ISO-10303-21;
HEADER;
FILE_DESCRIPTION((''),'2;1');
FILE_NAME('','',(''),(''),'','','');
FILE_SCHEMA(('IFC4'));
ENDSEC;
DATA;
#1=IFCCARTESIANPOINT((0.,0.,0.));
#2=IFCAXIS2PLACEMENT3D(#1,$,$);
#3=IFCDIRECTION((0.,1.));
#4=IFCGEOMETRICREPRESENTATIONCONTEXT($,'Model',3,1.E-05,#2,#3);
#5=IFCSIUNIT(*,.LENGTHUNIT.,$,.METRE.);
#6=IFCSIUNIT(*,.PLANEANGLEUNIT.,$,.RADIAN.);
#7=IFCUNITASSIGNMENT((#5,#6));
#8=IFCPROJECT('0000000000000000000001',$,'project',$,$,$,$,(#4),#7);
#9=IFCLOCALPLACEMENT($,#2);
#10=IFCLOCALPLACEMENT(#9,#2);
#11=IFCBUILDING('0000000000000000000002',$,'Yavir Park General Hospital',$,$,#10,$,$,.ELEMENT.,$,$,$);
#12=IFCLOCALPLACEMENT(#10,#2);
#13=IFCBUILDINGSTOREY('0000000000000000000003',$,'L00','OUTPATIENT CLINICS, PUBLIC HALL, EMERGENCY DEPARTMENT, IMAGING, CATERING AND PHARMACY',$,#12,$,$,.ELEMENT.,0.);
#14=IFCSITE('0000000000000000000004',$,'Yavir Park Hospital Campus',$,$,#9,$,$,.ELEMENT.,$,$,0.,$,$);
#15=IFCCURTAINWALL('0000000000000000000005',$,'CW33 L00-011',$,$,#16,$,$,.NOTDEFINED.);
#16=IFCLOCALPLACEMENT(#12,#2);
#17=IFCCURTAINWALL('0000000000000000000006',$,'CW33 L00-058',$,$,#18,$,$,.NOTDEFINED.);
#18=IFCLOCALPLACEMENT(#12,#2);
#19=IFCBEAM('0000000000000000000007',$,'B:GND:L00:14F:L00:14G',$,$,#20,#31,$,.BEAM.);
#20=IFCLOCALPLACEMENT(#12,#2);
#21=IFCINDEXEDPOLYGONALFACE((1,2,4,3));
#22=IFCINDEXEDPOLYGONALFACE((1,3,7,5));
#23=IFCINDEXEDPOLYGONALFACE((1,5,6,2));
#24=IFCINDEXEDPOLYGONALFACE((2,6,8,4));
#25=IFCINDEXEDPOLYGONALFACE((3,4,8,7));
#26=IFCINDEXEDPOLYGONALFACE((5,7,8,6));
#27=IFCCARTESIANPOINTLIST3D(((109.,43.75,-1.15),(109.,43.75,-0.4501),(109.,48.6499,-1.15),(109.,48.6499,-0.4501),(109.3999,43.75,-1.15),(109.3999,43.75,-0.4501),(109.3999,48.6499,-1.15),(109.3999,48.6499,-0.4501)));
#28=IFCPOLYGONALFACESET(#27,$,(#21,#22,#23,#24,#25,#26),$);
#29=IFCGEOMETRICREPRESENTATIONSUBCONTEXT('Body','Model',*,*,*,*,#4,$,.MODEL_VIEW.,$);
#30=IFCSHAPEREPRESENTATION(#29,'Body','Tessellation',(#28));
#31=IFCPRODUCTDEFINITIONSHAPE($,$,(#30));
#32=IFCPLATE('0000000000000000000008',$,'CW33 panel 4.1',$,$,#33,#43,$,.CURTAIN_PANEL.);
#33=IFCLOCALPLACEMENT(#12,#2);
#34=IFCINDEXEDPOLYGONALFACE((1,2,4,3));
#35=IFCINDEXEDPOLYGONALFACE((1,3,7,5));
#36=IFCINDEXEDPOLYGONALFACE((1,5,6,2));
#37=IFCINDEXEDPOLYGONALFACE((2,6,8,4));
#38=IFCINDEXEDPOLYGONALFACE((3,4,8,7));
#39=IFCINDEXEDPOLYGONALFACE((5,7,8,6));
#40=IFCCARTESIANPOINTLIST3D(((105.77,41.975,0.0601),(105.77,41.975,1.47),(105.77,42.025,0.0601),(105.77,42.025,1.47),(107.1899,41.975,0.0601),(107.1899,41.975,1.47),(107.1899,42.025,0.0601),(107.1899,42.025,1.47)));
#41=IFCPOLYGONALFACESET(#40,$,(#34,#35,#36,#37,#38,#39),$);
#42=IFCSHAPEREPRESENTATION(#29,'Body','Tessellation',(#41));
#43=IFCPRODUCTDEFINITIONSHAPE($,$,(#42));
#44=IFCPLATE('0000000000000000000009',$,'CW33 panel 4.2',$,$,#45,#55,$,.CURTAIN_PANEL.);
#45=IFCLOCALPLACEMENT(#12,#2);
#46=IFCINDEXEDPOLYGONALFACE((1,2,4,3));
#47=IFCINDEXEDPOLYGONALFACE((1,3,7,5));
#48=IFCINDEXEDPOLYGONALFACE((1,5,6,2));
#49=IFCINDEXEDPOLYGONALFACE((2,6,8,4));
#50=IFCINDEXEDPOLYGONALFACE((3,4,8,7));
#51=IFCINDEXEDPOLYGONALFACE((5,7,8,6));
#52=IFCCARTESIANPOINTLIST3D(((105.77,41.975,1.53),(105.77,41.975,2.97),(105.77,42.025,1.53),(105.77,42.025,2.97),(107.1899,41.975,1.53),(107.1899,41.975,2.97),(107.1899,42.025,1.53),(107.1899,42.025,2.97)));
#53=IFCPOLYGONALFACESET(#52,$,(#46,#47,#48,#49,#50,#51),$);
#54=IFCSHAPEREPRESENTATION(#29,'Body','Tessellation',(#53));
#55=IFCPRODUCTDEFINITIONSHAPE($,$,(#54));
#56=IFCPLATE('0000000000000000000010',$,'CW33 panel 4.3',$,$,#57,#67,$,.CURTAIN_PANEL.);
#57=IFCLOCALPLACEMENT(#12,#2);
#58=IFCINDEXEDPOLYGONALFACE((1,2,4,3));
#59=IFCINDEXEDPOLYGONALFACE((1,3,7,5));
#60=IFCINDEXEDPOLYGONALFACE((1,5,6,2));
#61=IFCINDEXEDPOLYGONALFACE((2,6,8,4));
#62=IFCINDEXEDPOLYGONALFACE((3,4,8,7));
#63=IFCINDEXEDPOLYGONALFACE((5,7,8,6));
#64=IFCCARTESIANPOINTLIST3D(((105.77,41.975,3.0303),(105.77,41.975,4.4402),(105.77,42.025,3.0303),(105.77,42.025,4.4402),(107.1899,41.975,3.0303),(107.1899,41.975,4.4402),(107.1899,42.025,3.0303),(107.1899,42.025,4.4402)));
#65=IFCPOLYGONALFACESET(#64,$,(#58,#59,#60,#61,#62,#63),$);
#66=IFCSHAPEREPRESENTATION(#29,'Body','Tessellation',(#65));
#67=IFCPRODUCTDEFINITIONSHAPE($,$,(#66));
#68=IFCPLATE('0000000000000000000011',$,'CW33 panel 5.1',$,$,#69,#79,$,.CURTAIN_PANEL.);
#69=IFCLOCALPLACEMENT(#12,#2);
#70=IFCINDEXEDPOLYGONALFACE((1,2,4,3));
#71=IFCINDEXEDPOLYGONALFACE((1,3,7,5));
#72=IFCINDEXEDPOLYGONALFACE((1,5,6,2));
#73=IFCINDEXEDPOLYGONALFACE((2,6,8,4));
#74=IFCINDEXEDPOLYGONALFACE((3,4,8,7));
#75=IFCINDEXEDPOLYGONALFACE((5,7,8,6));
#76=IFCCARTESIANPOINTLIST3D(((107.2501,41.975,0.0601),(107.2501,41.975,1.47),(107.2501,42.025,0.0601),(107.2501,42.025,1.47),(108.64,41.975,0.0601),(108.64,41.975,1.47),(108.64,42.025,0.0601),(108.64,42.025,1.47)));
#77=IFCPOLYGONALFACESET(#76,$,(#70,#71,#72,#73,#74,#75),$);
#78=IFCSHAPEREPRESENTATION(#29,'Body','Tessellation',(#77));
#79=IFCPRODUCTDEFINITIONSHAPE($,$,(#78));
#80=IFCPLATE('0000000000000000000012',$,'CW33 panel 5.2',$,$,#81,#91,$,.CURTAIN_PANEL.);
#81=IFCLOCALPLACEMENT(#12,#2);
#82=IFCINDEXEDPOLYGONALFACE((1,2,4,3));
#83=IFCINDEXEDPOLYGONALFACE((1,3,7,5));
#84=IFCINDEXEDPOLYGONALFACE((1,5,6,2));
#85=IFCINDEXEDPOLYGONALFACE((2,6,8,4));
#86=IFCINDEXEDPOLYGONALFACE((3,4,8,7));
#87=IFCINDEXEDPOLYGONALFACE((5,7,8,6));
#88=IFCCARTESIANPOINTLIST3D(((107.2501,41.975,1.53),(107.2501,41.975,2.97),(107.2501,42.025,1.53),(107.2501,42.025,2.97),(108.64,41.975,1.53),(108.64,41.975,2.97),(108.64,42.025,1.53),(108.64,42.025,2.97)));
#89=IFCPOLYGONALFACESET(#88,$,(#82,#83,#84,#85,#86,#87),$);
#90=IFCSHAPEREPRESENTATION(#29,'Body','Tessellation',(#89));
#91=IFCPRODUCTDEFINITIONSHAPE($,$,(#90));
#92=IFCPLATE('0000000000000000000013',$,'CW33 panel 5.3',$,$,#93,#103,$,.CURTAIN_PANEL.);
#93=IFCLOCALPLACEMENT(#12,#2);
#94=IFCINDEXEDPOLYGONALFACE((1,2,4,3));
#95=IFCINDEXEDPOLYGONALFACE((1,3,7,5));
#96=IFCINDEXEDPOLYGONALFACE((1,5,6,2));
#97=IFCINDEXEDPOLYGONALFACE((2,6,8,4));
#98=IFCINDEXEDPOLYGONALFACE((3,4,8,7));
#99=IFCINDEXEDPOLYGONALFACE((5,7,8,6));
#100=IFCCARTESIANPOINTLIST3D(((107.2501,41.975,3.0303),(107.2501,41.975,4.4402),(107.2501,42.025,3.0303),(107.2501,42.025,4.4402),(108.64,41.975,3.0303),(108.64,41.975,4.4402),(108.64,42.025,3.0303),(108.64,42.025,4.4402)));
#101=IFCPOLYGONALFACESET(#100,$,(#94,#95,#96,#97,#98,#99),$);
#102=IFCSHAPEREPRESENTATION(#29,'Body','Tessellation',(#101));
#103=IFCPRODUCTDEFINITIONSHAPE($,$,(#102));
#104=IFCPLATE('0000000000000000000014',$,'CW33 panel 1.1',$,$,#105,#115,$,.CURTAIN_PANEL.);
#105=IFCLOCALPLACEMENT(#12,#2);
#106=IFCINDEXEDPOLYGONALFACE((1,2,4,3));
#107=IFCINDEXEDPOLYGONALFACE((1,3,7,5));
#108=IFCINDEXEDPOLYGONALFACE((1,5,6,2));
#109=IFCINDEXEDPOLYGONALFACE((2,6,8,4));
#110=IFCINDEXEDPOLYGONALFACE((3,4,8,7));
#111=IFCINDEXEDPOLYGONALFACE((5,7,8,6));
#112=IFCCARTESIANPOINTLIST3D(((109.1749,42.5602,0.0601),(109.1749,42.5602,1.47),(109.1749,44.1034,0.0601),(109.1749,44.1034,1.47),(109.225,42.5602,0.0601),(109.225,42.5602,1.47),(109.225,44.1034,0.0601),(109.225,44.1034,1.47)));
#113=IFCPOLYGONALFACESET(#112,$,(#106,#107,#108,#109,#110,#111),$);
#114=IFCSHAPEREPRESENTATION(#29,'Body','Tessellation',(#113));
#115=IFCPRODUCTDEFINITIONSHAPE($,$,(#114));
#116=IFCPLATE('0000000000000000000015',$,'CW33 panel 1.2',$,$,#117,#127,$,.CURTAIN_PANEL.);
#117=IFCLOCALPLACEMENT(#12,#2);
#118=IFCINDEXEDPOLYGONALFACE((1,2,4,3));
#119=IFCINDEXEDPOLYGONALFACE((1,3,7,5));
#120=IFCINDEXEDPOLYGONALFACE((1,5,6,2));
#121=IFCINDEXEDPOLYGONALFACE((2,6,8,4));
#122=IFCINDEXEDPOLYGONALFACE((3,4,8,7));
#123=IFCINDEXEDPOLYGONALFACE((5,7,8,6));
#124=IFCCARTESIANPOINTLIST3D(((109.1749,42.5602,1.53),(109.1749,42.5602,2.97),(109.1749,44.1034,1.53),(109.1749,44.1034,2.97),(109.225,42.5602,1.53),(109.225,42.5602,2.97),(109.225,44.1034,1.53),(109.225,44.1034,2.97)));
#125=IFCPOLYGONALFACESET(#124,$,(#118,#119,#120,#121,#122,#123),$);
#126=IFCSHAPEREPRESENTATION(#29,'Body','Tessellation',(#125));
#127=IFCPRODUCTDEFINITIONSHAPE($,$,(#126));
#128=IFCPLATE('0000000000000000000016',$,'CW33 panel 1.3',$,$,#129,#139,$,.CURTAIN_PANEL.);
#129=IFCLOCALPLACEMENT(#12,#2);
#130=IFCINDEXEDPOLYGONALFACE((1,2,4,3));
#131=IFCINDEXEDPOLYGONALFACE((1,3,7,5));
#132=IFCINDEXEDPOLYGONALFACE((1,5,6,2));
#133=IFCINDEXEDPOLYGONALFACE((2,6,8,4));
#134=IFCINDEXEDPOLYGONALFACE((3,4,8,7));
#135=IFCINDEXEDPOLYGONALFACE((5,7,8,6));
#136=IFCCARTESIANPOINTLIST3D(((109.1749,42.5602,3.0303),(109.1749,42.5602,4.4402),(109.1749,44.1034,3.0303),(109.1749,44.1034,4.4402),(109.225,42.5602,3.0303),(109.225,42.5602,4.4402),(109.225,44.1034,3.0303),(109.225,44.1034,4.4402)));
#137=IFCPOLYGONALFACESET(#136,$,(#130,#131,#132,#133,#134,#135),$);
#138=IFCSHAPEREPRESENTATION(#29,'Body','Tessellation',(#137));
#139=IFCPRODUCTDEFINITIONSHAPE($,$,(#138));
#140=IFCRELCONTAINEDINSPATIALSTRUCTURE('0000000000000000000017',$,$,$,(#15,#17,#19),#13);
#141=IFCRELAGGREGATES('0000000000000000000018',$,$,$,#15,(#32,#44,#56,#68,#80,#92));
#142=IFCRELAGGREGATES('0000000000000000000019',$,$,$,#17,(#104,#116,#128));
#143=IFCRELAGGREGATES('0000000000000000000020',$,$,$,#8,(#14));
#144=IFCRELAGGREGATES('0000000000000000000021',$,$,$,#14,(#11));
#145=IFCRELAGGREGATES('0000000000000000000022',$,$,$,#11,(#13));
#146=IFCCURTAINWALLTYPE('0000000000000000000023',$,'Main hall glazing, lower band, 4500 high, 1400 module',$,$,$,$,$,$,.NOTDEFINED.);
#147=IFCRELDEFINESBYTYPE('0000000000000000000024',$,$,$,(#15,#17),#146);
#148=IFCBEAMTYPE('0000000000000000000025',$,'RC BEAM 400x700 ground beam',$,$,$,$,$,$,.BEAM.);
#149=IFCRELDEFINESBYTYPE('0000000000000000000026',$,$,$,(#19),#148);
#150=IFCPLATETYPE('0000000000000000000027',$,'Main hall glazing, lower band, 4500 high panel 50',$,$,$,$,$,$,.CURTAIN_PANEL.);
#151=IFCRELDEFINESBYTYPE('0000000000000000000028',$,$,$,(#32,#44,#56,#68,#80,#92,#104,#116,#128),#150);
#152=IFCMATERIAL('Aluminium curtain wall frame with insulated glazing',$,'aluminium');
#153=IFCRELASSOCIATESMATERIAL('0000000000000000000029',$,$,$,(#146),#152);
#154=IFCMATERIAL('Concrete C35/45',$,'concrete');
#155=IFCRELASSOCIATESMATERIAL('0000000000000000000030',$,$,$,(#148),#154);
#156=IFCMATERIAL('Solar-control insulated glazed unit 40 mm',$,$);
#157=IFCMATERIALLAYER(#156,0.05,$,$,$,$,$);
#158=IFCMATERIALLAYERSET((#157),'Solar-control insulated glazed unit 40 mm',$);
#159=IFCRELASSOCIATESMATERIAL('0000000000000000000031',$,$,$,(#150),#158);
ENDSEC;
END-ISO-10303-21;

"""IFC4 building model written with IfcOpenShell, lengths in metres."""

from ifc_helpers import new_model, si_unit, direction, frame, origin, origin_2d, place, context, subcontext, project, spatial, rectangle, extrude, material, layer, layer_set, material_profile, profile_set, type_object, element, aggregate, save


model = new_model("IFC4")

# Units and contexts
model_context = context("Model", 3, precision=1e-05, world=origin(), true_north=direction((0.0, 1.0)))
body_context = subcontext(model_context, "Body", "Model", "MODEL_VIEW")
ifc_project = project(units=[si_unit("LENGTHUNIT", "METRE"), si_unit("PLANEANGLEUNIT", "RADIAN")], contexts=[model_context])

# Site, building, storey
site_placement = place(None, origin())
site = spatial("IfcSite", under=ifc_project, at=site_placement, Name="Yavir Park Hospital Campus", CompositionType="ELEMENT", RefElevation=0.0)
building_placement = place(site_placement, origin())
building = spatial("IfcBuilding", under=site, at=building_placement, Name="Yavir Park General Hospital", CompositionType="ELEMENT")
storey_placement = place(building_placement, origin())
storey = spatial("IfcBuildingStorey", under=building, at=storey_placement, Name="L00", Description="OUTPATIENT CLINICS, PUBLIC HALL, EMERGENCY DEPARTMENT, IMAGING, CATERING AND PHARMACY", CompositionType="ELEMENT", Elevation=0.0)

# Curtain walls
ifc_material_1 = material(Name="Aluminium curtain wall frame with insulated glazing", Category="aluminium")
curtain_wall_type_1 = type_object("IfcCurtainWallType", Name="Main hall glazing, lower band, 4500 high, 1400 module", PredefinedType="NOTDEFINED", material=ifc_material_1)
curtain_wall_1_placement = place(storey_placement, origin())
curtain_wall_1 = element("IfcCurtainWall", 1, at=curtain_wall_1_placement, inside=storey, type_object=curtain_wall_type_1, Name="CW33 L00-011", PredefinedType="NOTDEFINED")
curtain_wall_2_placement = place(storey_placement, origin())
curtain_wall_2 = element("IfcCurtainWall", 2, at=curtain_wall_2_placement, inside=storey, type_object=curtain_wall_type_1, Name="CW33 L00-058", PredefinedType="NOTDEFINED")

# Beam
ifc_material_2 = material(Name="Concrete C35/45", Category="concrete")
ifc_material_profile_1 = material_profile(ifc_material_2, rectangle(XDim=0.3999, YDim=0.7, at=origin_2d()), Name="RC400x700")
ifc_profile_set_1 = profile_set([ifc_material_profile_1], Name="Concrete C35/45")
beam_type = type_object("IfcBeamType", Name="RC BEAM 400x700 ground beam", PredefinedType="BEAM", material=ifc_profile_set_1)
beam_placement = place(storey_placement, frame((109.2, 43.75, -0.8), z_axis=(0.0, 1.0, 0.0), x_axis=(-1.0, 0.0, 0.0)))
element("IfcBeam", 3, at=beam_placement, inside=storey, type_object=beam_type, Name="B:GND:L00:14F:L00:14G", PredefinedType="BEAM", context=body_context, shape_type="SweptSolid", body=[
    extrude(rectangle(XDim=0.3999, YDim=0.7, at=origin_2d()), origin(), (0.0, 0.0, 1.0), 4.8999),
])

# Plates
ifc_material_3 = material(Name="Solar-control insulated glazed unit 40 mm")
ifc_layer = layer(ifc_material_3, 0.05)
ifc_layer_set = layer_set([ifc_layer], Name="Solar-control insulated glazed unit 40 mm")
plate_type = type_object("IfcPlateType", Name="Main hall glazing, lower band, 4500 high panel 50", PredefinedType="CURTAIN_PANEL", material=ifc_layer_set)
plate_1_placement = place(storey_placement, frame((106.48, 42.0, 0.0601), z_axis=(0.0, 0.0, 1.0), x_axis=(1.0, 0.0, 0.0)))
plate_1 = element("IfcPlate", 4, at=plate_1_placement, type_object=plate_type, Name="CW33 panel 4.1", PredefinedType="CURTAIN_PANEL", context=body_context, shape_type="SweptSolid", body=[
    extrude(rectangle(XDim=1.4199, YDim=0.05, at=origin_2d()), origin(), (0.0, 0.0, 1.0), 1.4099),
])
plate_2_placement = place(storey_placement, frame((106.48, 42.0, 1.53), z_axis=(0.0, 0.0, 1.0), x_axis=(1.0, 0.0, 0.0)))
plate_2 = element("IfcPlate", 5, at=plate_2_placement, type_object=plate_type, Name="CW33 panel 4.2", PredefinedType="CURTAIN_PANEL", context=body_context, shape_type="SweptSolid", body=[
    extrude(rectangle(XDim=1.4199, YDim=0.05, at=origin_2d()), origin(), (0.0, 0.0, 1.0), 1.4399),
])
plate_3_placement = place(storey_placement, frame((106.48, 42.0, 3.0303), z_axis=(0.0, 0.0, 1.0), x_axis=(1.0, 0.0, 0.0)))
plate_3 = element("IfcPlate", 6, at=plate_3_placement, type_object=plate_type, Name="CW33 panel 4.3", PredefinedType="CURTAIN_PANEL", context=body_context, shape_type="SweptSolid", body=[
    extrude(rectangle(XDim=1.4199, YDim=0.05, at=origin_2d()), origin(), (0.0, 0.0, 1.0), 1.4099),
])
plate_4_placement = place(storey_placement, frame((107.9451, 42.0, 0.0601), z_axis=(0.0, 0.0, 1.0), x_axis=(1.0, 0.0, 0.0)))
plate_4 = element("IfcPlate", 7, at=plate_4_placement, type_object=plate_type, Name="CW33 panel 5.1", PredefinedType="CURTAIN_PANEL", context=body_context, shape_type="SweptSolid", body=[
    extrude(rectangle(XDim=1.3899, YDim=0.05, at=origin_2d()), origin(), (0.0, 0.0, 1.0), 1.4099),
])
plate_5_placement = place(storey_placement, frame((107.9451, 42.0, 1.53), z_axis=(0.0, 0.0, 1.0), x_axis=(1.0, 0.0, 0.0)))
plate_5 = element("IfcPlate", 8, at=plate_5_placement, type_object=plate_type, Name="CW33 panel 5.2", PredefinedType="CURTAIN_PANEL", context=body_context, shape_type="SweptSolid", body=[
    extrude(rectangle(XDim=1.3899, YDim=0.05, at=origin_2d()), origin(), (0.0, 0.0, 1.0), 1.4399),
])
plate_6_placement = place(storey_placement, frame((107.9451, 42.0, 3.0303), z_axis=(0.0, 0.0, 1.0), x_axis=(1.0, 0.0, 0.0)))
plate_6 = element("IfcPlate", 9, at=plate_6_placement, type_object=plate_type, Name="CW33 panel 5.3", PredefinedType="CURTAIN_PANEL", context=body_context, shape_type="SweptSolid", body=[
    extrude(rectangle(XDim=1.3899, YDim=0.05, at=origin_2d()), origin(), (0.0, 0.0, 1.0), 1.4099),
])
aggregate(curtain_wall_1, [plate_1, plate_2, plate_3, plate_4, plate_5, plate_6])
plate_7_placement = place(storey_placement, frame((109.2, 43.3318, 0.0601), z_axis=(0.0, 0.0, 1.0), x_axis=(0.0, 1.0, 0.0)))
plate_7 = element("IfcPlate", 10, at=plate_7_placement, type_object=plate_type, Name="CW33 panel 1.1", PredefinedType="CURTAIN_PANEL", context=body_context, shape_type="SweptSolid", body=[
    extrude(rectangle(XDim=1.5432, YDim=0.05, at=origin_2d()), origin(), (0.0, 0.0, 1.0), 1.4099),
])
plate_8_placement = place(storey_placement, frame((109.2, 43.3318, 1.53), z_axis=(0.0, 0.0, 1.0), x_axis=(0.0, 1.0, 0.0)))
plate_8 = element("IfcPlate", 11, at=plate_8_placement, type_object=plate_type, Name="CW33 panel 1.2", PredefinedType="CURTAIN_PANEL", context=body_context, shape_type="SweptSolid", body=[
    extrude(rectangle(XDim=1.5432, YDim=0.05, at=origin_2d()), origin(), (0.0, 0.0, 1.0), 1.4399),
])
plate_9_placement = place(storey_placement, frame((109.2, 43.3318, 3.0303), z_axis=(0.0, 0.0, 1.0), x_axis=(0.0, 1.0, 0.0)))
plate_9 = element("IfcPlate", 12, at=plate_9_placement, type_object=plate_type, Name="CW33 panel 1.3", PredefinedType="CURTAIN_PANEL", context=body_context, shape_type="SweptSolid", body=[
    extrude(rectangle(XDim=1.5432, YDim=0.05, at=origin_2d()), origin(), (0.0, 0.0, 1.0), 1.4099),
])
aggregate(curtain_wall_2, [plate_7, plate_8, plate_9])

save(model, "model.ifc")
